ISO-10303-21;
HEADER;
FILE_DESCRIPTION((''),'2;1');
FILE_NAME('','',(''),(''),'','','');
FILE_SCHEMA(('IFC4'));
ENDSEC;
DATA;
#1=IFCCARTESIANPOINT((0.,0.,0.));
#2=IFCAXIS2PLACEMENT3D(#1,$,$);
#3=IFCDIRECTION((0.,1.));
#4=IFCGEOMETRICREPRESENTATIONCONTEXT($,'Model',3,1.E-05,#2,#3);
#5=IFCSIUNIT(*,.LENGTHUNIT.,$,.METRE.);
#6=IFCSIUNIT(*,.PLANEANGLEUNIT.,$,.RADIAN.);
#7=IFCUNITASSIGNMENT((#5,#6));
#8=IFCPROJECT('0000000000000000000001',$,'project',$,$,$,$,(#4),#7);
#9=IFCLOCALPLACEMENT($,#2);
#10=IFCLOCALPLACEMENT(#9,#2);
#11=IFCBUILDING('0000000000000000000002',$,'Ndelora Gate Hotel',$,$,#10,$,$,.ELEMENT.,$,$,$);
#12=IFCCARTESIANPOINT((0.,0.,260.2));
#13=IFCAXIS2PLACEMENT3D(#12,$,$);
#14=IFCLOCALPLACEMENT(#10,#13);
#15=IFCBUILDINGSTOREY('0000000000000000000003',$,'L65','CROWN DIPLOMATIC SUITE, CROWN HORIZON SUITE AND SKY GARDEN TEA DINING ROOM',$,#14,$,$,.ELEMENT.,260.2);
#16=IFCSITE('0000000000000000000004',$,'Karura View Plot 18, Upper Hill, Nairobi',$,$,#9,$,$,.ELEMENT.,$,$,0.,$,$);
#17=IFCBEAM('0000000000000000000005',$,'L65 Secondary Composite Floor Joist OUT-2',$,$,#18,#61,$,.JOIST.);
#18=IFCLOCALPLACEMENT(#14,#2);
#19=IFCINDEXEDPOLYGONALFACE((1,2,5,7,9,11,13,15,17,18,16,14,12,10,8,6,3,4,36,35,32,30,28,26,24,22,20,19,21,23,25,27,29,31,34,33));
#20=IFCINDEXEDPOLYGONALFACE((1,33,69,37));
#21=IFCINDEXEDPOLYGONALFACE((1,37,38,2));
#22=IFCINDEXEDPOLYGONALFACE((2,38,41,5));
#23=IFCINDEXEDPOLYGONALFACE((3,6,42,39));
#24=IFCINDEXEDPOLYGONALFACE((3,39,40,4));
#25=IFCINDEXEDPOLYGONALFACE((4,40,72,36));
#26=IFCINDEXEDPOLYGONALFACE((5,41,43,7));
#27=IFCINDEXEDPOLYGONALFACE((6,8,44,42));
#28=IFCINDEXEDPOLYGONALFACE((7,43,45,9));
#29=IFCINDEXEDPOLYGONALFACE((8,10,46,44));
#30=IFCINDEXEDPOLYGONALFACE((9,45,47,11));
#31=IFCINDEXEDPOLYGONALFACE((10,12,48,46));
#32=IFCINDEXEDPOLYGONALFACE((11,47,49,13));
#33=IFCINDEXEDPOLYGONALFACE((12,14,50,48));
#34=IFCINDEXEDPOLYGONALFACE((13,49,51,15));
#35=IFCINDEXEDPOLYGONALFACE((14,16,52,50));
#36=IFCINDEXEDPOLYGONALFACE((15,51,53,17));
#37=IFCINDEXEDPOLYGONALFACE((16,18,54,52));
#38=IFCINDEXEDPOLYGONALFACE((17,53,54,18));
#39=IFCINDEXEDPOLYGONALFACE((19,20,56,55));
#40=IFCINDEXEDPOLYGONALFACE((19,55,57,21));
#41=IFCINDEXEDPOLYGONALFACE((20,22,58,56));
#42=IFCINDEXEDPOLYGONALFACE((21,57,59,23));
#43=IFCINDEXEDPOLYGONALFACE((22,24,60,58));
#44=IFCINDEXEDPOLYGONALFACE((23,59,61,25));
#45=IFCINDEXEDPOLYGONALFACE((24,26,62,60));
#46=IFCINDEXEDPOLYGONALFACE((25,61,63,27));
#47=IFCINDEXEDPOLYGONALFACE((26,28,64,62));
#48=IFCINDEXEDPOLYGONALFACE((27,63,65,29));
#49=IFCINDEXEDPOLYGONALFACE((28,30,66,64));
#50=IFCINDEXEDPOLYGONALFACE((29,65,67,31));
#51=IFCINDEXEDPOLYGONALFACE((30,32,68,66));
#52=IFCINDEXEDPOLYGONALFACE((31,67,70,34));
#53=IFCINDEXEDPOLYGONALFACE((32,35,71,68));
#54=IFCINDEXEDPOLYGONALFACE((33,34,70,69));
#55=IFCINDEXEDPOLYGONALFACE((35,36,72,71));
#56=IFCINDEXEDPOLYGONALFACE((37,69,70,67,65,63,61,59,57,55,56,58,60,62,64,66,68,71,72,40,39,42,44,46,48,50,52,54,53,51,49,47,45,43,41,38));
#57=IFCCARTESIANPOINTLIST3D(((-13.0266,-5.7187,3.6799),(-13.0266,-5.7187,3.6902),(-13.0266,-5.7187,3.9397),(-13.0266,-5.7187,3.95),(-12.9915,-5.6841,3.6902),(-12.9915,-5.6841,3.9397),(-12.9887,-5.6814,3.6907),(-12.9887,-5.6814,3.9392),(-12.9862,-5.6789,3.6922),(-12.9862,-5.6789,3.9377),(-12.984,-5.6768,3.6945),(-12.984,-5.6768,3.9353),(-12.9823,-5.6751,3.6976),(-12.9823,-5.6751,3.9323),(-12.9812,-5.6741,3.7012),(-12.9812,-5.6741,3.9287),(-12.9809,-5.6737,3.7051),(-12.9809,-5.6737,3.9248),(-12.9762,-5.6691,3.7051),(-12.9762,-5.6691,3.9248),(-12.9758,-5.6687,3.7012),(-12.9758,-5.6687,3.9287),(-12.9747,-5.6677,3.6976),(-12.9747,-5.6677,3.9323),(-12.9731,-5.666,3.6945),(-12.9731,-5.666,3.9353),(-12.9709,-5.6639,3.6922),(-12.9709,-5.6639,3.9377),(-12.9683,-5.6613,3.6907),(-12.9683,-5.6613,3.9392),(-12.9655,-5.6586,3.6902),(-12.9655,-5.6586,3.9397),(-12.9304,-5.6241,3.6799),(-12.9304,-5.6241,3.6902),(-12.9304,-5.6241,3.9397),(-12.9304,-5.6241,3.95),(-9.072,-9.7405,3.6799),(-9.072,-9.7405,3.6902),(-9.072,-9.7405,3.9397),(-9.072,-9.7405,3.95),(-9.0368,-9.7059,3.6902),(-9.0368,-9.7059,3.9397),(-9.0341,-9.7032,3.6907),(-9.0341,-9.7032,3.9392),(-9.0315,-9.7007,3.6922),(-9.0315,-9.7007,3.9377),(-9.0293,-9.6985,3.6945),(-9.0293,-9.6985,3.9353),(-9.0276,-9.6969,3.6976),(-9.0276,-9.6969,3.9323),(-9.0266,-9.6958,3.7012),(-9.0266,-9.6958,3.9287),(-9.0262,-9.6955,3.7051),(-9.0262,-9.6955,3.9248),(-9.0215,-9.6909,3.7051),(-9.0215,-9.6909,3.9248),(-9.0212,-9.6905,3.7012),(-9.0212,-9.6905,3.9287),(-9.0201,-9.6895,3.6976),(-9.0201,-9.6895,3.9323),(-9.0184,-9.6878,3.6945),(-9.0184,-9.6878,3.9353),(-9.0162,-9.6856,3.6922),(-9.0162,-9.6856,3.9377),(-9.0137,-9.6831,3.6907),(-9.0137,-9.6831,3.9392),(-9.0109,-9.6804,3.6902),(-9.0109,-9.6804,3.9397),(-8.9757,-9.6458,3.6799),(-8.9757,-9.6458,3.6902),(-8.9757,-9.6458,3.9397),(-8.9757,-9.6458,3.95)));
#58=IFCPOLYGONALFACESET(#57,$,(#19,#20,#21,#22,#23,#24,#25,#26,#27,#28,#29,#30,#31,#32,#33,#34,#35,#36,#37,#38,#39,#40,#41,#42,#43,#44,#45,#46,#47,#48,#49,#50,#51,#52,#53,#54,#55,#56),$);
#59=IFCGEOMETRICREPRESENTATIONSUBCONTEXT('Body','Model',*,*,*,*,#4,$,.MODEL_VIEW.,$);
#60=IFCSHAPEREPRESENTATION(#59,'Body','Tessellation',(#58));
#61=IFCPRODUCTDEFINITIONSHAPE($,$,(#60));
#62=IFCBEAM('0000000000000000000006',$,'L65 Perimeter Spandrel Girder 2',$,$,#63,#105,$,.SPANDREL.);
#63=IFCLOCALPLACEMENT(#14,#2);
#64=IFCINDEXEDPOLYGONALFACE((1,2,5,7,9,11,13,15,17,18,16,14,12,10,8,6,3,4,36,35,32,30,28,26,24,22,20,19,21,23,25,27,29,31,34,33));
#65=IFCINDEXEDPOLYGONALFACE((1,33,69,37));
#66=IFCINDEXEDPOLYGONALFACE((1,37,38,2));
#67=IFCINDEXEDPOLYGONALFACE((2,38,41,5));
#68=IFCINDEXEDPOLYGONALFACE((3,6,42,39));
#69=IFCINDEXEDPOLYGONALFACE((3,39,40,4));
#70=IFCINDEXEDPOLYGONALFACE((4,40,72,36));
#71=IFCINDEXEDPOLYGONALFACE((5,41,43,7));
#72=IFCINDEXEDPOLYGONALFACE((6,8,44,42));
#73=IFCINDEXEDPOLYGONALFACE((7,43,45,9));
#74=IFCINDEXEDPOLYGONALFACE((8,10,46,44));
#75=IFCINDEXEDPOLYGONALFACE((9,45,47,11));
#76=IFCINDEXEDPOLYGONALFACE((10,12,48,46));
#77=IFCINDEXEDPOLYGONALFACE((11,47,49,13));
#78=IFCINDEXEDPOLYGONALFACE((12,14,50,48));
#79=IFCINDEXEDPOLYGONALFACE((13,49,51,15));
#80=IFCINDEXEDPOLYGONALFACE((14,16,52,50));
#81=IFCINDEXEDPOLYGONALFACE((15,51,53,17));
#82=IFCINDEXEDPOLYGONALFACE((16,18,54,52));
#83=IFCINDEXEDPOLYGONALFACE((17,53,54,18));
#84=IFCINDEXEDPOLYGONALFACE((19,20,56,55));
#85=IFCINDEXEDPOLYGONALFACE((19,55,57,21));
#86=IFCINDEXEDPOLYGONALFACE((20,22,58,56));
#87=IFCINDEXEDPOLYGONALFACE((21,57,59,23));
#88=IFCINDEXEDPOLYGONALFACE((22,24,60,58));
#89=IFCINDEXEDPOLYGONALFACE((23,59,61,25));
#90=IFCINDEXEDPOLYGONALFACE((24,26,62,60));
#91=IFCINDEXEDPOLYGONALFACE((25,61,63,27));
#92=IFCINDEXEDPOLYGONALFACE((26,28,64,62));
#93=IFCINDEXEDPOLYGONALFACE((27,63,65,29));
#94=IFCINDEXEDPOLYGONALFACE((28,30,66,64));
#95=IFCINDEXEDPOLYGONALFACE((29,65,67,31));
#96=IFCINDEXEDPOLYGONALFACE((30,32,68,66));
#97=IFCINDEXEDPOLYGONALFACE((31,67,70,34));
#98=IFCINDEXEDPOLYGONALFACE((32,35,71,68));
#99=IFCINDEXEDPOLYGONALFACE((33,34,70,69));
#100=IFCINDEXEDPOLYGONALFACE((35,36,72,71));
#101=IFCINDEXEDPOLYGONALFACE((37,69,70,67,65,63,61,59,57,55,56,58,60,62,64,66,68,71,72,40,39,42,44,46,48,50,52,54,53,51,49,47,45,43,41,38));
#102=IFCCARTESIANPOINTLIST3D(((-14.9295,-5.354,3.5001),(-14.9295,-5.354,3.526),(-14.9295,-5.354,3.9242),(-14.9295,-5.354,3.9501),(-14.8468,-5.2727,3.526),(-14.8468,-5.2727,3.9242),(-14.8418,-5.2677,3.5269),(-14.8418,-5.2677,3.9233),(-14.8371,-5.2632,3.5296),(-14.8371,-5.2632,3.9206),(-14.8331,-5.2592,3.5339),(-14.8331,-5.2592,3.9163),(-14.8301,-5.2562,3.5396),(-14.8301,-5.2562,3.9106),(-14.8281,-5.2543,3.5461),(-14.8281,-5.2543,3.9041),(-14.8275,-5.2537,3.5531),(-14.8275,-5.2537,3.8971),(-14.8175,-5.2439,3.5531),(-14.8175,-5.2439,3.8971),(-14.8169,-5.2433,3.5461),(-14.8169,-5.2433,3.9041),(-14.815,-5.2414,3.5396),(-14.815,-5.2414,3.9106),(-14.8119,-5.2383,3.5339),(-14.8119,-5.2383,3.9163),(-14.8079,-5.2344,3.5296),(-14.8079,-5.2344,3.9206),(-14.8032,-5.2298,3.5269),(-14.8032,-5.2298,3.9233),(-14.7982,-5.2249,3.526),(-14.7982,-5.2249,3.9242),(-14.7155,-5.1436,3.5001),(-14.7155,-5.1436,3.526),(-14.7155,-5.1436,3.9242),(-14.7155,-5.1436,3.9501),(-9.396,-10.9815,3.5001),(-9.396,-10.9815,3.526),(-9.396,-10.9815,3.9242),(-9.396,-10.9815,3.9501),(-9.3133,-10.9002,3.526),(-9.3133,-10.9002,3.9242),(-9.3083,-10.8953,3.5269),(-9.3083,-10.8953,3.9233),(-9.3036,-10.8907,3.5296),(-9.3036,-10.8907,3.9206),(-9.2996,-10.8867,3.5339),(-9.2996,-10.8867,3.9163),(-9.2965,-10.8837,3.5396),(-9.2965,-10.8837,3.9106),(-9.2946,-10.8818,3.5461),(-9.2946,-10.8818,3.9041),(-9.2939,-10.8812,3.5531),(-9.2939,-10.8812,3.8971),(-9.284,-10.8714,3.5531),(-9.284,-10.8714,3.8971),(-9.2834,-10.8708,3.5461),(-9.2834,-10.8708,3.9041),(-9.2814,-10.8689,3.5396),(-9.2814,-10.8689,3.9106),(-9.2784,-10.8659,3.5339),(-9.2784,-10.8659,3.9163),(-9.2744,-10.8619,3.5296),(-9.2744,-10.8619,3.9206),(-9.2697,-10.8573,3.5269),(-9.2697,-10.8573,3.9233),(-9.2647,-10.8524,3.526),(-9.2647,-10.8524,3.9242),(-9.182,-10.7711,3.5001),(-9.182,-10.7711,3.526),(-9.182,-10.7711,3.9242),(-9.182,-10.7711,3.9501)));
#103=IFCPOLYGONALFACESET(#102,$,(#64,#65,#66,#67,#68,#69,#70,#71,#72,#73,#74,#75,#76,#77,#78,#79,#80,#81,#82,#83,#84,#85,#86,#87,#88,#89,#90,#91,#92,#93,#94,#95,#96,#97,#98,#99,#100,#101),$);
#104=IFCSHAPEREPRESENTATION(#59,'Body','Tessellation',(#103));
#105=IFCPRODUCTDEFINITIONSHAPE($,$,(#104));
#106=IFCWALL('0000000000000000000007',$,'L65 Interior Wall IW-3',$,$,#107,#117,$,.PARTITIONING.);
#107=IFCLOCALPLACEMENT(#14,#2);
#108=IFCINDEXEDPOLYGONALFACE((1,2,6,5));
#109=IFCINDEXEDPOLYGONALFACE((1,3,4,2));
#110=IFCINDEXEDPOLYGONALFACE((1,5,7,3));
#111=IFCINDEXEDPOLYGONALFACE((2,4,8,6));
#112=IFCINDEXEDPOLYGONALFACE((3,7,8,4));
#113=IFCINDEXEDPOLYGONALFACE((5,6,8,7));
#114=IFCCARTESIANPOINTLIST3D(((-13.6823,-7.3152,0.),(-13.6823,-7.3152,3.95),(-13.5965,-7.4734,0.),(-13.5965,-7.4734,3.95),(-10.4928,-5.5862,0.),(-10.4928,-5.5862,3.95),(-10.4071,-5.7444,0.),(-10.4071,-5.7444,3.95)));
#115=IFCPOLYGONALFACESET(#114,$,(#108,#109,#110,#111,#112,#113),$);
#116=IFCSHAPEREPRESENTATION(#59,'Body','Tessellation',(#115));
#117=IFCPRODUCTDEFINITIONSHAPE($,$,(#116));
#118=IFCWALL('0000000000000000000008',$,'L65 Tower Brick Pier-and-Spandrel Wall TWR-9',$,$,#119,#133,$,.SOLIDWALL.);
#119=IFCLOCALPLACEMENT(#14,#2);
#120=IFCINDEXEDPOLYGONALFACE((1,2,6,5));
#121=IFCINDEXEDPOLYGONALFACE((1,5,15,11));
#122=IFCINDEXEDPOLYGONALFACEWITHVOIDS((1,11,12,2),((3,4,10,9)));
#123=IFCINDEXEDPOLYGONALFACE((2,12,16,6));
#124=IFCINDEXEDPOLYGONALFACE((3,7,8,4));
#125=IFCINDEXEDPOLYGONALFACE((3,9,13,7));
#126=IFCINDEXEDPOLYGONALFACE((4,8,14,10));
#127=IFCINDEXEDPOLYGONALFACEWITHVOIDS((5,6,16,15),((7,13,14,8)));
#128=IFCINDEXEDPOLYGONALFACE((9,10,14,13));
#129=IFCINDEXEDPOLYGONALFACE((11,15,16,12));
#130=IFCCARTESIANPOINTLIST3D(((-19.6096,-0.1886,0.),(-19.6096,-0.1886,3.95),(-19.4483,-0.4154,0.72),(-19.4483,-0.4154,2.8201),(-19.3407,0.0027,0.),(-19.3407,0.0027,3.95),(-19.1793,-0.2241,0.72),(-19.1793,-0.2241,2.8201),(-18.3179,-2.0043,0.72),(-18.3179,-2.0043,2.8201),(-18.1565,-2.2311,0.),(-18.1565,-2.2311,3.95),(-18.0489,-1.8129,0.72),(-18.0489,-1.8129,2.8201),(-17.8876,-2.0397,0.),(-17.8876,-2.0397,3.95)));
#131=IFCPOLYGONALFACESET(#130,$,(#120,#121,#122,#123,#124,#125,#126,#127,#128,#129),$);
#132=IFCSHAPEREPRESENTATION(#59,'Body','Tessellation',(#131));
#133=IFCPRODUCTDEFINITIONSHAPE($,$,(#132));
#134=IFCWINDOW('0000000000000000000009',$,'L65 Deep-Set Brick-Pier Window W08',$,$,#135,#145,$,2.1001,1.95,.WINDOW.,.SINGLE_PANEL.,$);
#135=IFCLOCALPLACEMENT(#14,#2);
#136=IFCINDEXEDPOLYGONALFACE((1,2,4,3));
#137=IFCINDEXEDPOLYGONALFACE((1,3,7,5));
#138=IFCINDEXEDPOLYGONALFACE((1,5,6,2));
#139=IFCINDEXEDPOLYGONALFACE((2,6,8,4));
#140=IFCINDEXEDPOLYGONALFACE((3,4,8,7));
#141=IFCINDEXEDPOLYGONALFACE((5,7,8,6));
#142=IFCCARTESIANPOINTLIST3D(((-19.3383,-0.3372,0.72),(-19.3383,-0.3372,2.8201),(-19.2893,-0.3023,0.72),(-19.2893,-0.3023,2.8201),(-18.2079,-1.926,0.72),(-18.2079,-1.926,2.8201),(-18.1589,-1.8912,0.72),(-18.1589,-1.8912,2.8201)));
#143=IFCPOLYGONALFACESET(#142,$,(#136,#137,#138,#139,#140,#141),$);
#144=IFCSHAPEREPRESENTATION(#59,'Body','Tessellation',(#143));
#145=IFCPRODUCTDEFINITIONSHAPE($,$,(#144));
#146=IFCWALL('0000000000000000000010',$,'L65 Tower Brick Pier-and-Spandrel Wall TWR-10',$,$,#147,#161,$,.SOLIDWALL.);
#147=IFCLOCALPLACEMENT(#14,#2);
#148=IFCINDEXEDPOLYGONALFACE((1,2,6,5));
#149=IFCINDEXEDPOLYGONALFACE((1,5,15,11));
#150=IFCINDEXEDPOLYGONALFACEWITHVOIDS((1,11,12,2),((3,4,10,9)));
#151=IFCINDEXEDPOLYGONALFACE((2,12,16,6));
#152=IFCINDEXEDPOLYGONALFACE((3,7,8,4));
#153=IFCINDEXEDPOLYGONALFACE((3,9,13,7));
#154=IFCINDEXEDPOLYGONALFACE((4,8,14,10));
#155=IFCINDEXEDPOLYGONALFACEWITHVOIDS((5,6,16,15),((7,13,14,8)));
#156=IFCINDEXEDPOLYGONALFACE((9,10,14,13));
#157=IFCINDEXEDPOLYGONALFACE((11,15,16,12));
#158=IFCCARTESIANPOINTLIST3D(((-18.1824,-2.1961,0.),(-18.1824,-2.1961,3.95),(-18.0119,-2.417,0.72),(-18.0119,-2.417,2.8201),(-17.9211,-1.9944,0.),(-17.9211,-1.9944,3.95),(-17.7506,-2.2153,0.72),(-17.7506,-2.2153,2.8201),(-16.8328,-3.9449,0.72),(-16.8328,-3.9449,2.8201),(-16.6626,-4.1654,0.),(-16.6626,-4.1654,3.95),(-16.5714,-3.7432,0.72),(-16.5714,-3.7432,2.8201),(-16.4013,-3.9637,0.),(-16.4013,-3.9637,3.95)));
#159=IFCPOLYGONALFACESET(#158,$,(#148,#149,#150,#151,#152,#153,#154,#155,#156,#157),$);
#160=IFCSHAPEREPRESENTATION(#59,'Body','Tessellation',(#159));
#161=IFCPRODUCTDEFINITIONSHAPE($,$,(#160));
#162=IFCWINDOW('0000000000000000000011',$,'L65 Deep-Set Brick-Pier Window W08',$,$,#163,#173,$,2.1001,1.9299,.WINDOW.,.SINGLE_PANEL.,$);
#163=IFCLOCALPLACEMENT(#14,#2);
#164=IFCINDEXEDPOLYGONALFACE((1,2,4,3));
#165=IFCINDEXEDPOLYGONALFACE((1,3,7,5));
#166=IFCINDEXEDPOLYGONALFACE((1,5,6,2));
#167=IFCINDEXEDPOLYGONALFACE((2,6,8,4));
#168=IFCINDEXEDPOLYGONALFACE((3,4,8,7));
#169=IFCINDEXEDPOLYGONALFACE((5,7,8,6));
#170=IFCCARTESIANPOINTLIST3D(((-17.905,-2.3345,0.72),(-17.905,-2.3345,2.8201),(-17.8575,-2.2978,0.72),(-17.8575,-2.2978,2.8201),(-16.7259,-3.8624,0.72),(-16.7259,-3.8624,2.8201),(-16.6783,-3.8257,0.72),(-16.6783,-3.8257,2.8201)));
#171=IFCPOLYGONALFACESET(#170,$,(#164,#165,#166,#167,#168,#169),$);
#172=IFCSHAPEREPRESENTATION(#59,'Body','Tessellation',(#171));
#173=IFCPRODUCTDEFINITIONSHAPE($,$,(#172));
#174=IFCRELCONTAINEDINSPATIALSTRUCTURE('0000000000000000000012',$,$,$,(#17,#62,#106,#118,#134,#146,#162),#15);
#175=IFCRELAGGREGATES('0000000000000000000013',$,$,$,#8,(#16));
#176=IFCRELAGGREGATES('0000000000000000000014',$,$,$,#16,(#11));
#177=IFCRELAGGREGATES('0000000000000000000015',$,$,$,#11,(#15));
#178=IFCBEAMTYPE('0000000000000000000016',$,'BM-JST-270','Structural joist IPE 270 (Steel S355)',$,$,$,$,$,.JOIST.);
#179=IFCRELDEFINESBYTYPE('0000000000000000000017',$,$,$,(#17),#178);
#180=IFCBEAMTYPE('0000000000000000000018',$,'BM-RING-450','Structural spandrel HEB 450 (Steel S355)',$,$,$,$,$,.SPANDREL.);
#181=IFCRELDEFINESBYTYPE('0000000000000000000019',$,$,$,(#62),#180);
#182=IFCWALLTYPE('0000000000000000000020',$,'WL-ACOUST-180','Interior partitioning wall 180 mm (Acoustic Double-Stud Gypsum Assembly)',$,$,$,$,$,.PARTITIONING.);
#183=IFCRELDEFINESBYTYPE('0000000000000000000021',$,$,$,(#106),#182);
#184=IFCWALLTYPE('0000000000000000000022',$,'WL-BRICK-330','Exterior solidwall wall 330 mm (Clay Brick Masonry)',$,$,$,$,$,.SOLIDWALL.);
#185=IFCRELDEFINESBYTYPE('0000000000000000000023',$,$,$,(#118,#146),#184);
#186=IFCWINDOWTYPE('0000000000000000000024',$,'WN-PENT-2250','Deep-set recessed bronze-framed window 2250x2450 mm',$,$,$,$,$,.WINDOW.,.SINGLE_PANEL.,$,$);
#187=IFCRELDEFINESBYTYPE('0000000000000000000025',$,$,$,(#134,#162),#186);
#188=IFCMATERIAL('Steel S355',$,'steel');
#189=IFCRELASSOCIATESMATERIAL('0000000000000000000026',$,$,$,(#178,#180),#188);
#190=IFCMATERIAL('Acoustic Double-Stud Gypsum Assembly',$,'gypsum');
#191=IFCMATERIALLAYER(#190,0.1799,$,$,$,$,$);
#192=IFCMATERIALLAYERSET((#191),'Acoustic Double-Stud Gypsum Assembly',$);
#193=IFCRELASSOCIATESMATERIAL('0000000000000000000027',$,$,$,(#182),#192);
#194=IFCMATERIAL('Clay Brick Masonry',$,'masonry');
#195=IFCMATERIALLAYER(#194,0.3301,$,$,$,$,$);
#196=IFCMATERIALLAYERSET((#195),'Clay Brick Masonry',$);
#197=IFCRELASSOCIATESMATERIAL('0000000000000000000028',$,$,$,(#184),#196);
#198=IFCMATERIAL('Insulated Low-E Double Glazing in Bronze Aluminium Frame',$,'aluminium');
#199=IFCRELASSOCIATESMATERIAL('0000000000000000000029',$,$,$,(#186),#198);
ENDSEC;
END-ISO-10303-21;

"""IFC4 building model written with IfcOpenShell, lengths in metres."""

from ifc_helpers import new_model, si_unit, direction, frame, frame_2d, origin, origin_2d, place, context, subcontext, project, spatial, rectangle, i_section, extrude, material, layer, layer_set, material_profile, profile_set, type_object, element, fill, save


model = new_model("IFC4")

# Units and contexts
model_context = context("Model", 3, precision=1e-05, world=origin(), true_north=direction((0.0, 1.0)))
body_context = subcontext(model_context, "Body", "Model", "MODEL_VIEW")
ifc_project = project(units=[si_unit("LENGTHUNIT", "METRE"), si_unit("PLANEANGLEUNIT", "RADIAN")], contexts=[model_context])

# Site, building, storey
site_placement = place(None, origin())
site = spatial("IfcSite", under=ifc_project, at=site_placement, Name="Karura View Plot 18, Upper Hill, Nairobi", CompositionType="ELEMENT", RefElevation=0.0)
building_placement = place(site_placement, origin())
building = spatial("IfcBuilding", under=site, at=building_placement, Name="Ndelora Gate Hotel", CompositionType="ELEMENT")
storey_placement = place(building_placement, frame((0.0, 0.0, 260.2)))
storey = spatial("IfcBuildingStorey", under=building, at=storey_placement, Name="L65", Description="CROWN DIPLOMATIC SUITE, CROWN HORIZON SUITE AND SKY GARDEN TEA DINING ROOM", CompositionType="ELEMENT", Elevation=260.2)

# Beams
ifc_material_1 = material(Name="Steel S355", Category="steel")
ifc_material_profile_1 = material_profile(ifc_material_1, i_section(OverallWidth=0.135, OverallDepth=0.27, WebThickness=0.0066, FlangeThickness=0.0103, FilletRadius=0.0149, at=origin_2d()), Name="IPE 270")
ifc_profile_set_1 = profile_set([ifc_material_profile_1], Name="Steel S355")
beam_type_1 = type_object("IfcBeamType", Name="BM-JST-270", Description="Structural joist IPE 270 (Steel S355)", PredefinedType="JOIST", material=ifc_profile_set_1)
beam_1_placement = place(storey_placement, frame((-12.9785, -5.6714, 3.8149), z_axis=(0.70113, -0.713033, 0.0), x_axis=(0.713033, 0.70113, 0.0)))
element("IfcBeam", 1, at=beam_1_placement, inside=storey, type_object=beam_type_1, Name="L65 Secondary Composite Floor Joist OUT-2", PredefinedType="JOIST", context=body_context, shape_type="SweptSolid", body=[
    extrude(i_section(OverallWidth=0.135, OverallDepth=0.27, WebThickness=0.0066, FlangeThickness=0.0103, FilletRadius=0.0149, at=origin_2d()), origin(), (0.0, 0.0, 1.0), 5.6404),
])
ifc_material_profile_2 = material_profile(ifc_material_1, i_section(OverallWidth=0.3, OverallDepth=0.45, WebThickness=0.0139, FlangeThickness=0.0259, FilletRadius=0.0271, at=origin_2d()), Name="HEB 450")
ifc_profile_set_2 = profile_set([ifc_material_profile_2], Name="Steel S355")
beam_type_2 = type_object("IfcBeamType", Name="BM-RING-450", Description="Structural spandrel HEB 450 (Steel S355)", PredefinedType="SPANDREL", material=ifc_profile_set_2)
beam_2_placement = place(storey_placement, frame((-14.8225, -5.2488, 3.7251), z_axis=(0.701127, -0.713037, 0.0), x_axis=(0.713037, 0.701127, 0.0)))
element("IfcBeam", 2, at=beam_2_placement, inside=storey, type_object=beam_type_2, Name="L65 Perimeter Spandrel Girder 2", PredefinedType="SPANDREL", context=body_context, shape_type="SweptSolid", body=[
    extrude(i_section(OverallWidth=0.3, OverallDepth=0.45, WebThickness=0.0139, FlangeThickness=0.0259, FilletRadius=0.0271, at=origin_2d()), origin(), (0.0, 0.0, 1.0), 7.8923),
])

# Wall
ifc_material_2 = material(Name="Acoustic Double-Stud Gypsum Assembly", Category="gypsum")
ifc_layer_1 = layer(ifc_material_2, 0.1799)
ifc_layer_set_1 = layer_set([ifc_layer_1], Name="Acoustic Double-Stud Gypsum Assembly")
wall_type_1 = type_object("IfcWallType", Name="WL-ACOUST-180", Description="Interior partitioning wall 180 mm (Acoustic Double-Stud Gypsum Assembly)", PredefinedType="PARTITIONING", material=ifc_layer_set_1)
wall_1_placement = place(storey_placement, frame((-10.45, -5.6653, 0.0), z_axis=(0.0, 0.0, 1.0), x_axis=(-0.879132, -0.476578, 0.0)))
element("IfcWall", 3, at=wall_1_placement, inside=storey, type_object=wall_type_1, Name="L65 Interior Wall IW-3", PredefinedType="PARTITIONING", context=body_context, shape_type="SweptSolid", body=[
    extrude(rectangle(XDim=3.6279, YDim=0.1799, at=frame_2d((1.814, 0.0))), origin(), (0.0, 0.0, 1.0), 3.95),
])

# Walls, openings, windows
ifc_material_3 = material(Name="Clay Brick Masonry", Category="masonry")
ifc_layer_2 = layer(ifc_material_3, 0.3301)
ifc_layer_set_2 = layer_set([ifc_layer_2], Name="Clay Brick Masonry")
wall_type_2 = type_object("IfcWallType", Name="WL-BRICK-330", Description="Exterior solidwall wall 330 mm (Clay Brick Masonry)", PredefinedType="SOLIDWALL", material=ifc_layer_set_2)
wall_2_placement = place(storey_placement, frame((-18.022, -2.1355, 0.0), z_axis=(0.0, 0.0, 1.0), x_axis=(-0.579708, 0.814824, 0.0)))
wall_2 = element("IfcWall", 4, at=wall_2_placement, inside=storey, type_object=wall_type_2, Name="L65 Tower Brick Pier-and-Spandrel Wall TWR-9", PredefinedType="SOLIDWALL", context=body_context, shape_type="SweptSolid", body=[
    extrude(rectangle(XDim=2.5066, YDim=0.3301, at=frame_2d((1.2534, 0.0))), origin(), (0.0, 0.0, 1.0), 3.95),
])
opening_1_placement = place(wall_2_placement, frame((0.2783, 0.0, 0.72)))
opening_1 = element("IfcOpeningElement", 5, at=opening_1_placement, cuts=wall_2, PredefinedType="OPENING", context=body_context, shape_type="SweptSolid", body=[
    extrude(rectangle(XDim=1.95, YDim=2.1001, at=frame_2d((0.9751, 1.05))), frame((0.0, 0.175, 0.0), z_axis=(0.0, -1.0, 0.0), x_axis=(1.0, 0.0, 0.0)), (0.0, 0.0, 1.0), 0.3501),
])
ifc_material_4 = material(Name="Insulated Low-E Double Glazing in Bronze Aluminium Frame", Category="aluminium")
window_type = type_object("IfcWindowType", Name="WN-PENT-2250", Description="Deep-set recessed bronze-framed window 2250x2450 mm", PartitioningType="SINGLE_PANEL", PredefinedType="WINDOW", material=ifc_material_4)
window_1_placement = place(opening_1_placement, origin())
window_1 = element("IfcWindow", 6, at=window_1_placement, inside=storey, type_object=window_type, Name="L65 Deep-Set Brick-Pier Window W08", OverallHeight=2.1001, OverallWidth=1.95, PartitioningType="SINGLE_PANEL", PredefinedType="WINDOW", context=body_context, shape_type="SweptSolid", body=[
    extrude(rectangle(XDim=1.95, YDim=2.1001, at=frame_2d((0.9751, 1.05))), frame((0.0, 0.03, 0.0), z_axis=(0.0, -1.0, 0.0), x_axis=(1.0, 0.0, 0.0)), (0.0, 0.0, 1.0), 0.0601),
])
fill(opening_1, window_1)
wall_3_placement = place(storey_placement, frame((-16.532, -4.0645, 0.0), z_axis=(0.0, 0.0, 1.0), x_axis=(-0.610967, 0.791656, 0.0)))
wall_3 = element("IfcWall", 7, at=wall_3_placement, inside=storey, type_object=wall_type_2, Name="L65 Tower Brick Pier-and-Spandrel Wall TWR-10", PredefinedType="SOLIDWALL", context=body_context, shape_type="SweptSolid", body=[
    extrude(rectangle(XDim=2.4875, YDim=0.3301, at=frame_2d((1.2437, 0.0))), origin(), (0.0, 0.0, 1.0), 3.95),
])
opening_2_placement = place(wall_3_placement, frame((0.2786, 0.0, 0.72)))
opening_2 = element("IfcOpeningElement", 8, at=opening_2_placement, cuts=wall_3, PredefinedType="OPENING", context=body_context, shape_type="SweptSolid", body=[
    extrude(rectangle(XDim=1.9299, YDim=2.1001, at=frame_2d((0.9648, 1.05))), frame((0.0, 0.175, 0.0), z_axis=(0.0, -1.0, 0.0), x_axis=(1.0, 0.0, 0.0)), (0.0, 0.0, 1.0), 0.3501),
])
window_2_placement = place(opening_2_placement, origin())
window_2 = element("IfcWindow", 9, at=window_2_placement, inside=storey, type_object=window_type, Name="L65 Deep-Set Brick-Pier Window W08", OverallHeight=2.1001, OverallWidth=1.9299, PartitioningType="SINGLE_PANEL", PredefinedType="WINDOW", context=body_context, shape_type="SweptSolid", body=[
    extrude(rectangle(XDim=1.9299, YDim=2.1001, at=frame_2d((0.9648, 1.05))), frame((0.0, 0.03, 0.0), z_axis=(0.0, -1.0, 0.0), x_axis=(1.0, 0.0, 0.0)), (0.0, 0.0, 1.0), 0.0601),
])
fill(opening_2, window_2)

save(model, "model.ifc")
